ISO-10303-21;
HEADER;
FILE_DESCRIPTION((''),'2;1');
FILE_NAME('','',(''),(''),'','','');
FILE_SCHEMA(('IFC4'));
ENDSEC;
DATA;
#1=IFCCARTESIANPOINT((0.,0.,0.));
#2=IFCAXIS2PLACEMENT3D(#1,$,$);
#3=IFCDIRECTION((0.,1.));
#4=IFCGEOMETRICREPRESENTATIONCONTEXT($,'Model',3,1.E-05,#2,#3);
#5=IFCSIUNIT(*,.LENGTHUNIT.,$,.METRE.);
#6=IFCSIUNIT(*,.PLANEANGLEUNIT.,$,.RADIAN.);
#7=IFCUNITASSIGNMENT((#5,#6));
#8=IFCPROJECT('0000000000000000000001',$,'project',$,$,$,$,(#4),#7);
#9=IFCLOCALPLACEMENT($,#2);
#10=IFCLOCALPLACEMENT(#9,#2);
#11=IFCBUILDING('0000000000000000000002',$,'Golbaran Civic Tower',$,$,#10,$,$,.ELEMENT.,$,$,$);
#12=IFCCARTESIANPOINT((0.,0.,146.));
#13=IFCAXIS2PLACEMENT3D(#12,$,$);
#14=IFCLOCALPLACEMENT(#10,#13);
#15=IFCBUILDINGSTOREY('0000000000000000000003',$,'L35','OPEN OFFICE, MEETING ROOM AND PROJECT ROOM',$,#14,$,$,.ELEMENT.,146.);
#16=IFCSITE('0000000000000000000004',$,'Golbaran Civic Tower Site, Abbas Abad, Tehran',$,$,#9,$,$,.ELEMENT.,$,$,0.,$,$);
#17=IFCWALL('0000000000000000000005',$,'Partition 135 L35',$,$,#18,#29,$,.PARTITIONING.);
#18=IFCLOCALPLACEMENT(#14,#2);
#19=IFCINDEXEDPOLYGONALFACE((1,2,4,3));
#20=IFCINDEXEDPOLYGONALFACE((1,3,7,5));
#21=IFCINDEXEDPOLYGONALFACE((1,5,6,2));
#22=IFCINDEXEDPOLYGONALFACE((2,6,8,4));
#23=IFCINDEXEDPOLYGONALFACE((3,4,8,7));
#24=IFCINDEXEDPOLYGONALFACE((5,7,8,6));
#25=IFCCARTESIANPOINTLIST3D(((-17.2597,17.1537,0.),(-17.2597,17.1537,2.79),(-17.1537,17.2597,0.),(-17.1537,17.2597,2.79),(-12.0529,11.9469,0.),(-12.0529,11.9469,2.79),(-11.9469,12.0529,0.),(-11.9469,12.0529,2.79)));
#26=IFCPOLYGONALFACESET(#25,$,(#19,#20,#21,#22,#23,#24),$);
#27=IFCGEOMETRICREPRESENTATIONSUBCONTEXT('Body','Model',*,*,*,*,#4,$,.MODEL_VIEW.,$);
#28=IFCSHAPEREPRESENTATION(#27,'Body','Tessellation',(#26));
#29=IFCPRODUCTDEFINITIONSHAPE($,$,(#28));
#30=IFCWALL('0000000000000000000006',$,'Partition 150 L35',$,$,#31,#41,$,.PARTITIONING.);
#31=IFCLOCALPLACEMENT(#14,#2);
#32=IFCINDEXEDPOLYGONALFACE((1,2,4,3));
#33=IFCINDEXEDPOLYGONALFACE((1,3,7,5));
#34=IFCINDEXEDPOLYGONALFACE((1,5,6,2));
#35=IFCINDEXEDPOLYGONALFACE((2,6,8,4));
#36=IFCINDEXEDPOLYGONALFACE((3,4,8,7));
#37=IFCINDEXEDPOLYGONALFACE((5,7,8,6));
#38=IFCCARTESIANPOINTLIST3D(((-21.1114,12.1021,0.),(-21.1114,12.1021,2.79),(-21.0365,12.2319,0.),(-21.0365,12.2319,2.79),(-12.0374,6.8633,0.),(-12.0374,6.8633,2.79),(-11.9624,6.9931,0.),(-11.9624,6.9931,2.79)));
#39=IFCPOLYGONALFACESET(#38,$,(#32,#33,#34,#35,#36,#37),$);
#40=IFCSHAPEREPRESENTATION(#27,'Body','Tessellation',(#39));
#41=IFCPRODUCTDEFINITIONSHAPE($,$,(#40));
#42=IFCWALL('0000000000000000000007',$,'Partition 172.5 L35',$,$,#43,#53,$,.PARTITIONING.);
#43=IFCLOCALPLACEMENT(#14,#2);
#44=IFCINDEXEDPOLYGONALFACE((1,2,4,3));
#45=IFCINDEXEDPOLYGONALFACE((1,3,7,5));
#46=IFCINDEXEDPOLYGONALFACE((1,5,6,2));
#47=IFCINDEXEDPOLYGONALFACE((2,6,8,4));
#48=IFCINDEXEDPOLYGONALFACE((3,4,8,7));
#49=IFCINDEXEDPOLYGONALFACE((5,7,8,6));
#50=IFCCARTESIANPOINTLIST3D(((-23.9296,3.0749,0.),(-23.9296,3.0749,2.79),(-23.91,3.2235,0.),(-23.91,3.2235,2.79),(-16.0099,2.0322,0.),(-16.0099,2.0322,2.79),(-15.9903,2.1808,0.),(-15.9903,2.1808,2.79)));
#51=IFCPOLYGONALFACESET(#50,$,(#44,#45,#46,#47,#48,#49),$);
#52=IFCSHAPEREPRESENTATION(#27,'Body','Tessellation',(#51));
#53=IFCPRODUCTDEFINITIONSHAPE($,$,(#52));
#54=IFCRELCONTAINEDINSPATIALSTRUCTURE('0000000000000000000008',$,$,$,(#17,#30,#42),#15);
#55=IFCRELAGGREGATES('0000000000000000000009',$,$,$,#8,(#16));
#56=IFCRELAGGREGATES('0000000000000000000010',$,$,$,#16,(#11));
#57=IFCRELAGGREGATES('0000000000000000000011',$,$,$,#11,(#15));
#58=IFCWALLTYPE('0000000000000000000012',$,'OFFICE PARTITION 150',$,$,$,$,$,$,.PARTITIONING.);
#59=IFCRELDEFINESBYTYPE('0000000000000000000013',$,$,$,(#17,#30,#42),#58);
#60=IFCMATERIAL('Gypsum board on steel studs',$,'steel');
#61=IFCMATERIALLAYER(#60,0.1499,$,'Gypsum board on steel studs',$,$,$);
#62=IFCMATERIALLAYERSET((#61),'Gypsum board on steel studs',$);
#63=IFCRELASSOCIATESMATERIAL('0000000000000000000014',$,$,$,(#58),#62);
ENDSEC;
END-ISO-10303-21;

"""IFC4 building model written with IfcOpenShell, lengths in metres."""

from ifc_helpers import new_model, si_unit, direction, frame, frame_2d, origin, place, context, subcontext, project, spatial, rectangle, extrude, material, layer, layer_set, type_object, element, save


model = new_model("IFC4")

# Units and contexts
model_context = context("Model", 3, precision=1e-05, world=origin(), true_north=direction((0.0, 1.0)))
body_context = subcontext(model_context, "Body", "Model", "MODEL_VIEW")
ifc_project = project(units=[si_unit("LENGTHUNIT", "METRE"), si_unit("PLANEANGLEUNIT", "RADIAN")], contexts=[model_context])

# Site, building, storey
site_placement = place(None, origin())
site = spatial("IfcSite", under=ifc_project, at=site_placement, Name="Golbaran Civic Tower Site, Abbas Abad, Tehran", CompositionType="ELEMENT", RefElevation=0.0)
building_placement = place(site_placement, origin())
building = spatial("IfcBuilding", under=site, at=building_placement, Name="Golbaran Civic Tower", CompositionType="ELEMENT")
storey_placement = place(building_placement, frame((0.0, 0.0, 146.0)))
storey = spatial("IfcBuildingStorey", under=building, at=storey_placement, Name="L35", Description="OPEN OFFICE, MEETING ROOM AND PROJECT ROOM", CompositionType="ELEMENT", Elevation=146.0)

# Walls
ifc_material_1 = material(Name="Gypsum board on steel studs", Category="steel")
ifc_layer_1 = layer(ifc_material_1, 0.1499, Name="Gypsum board on steel studs")
ifc_layer_set_1 = layer_set([ifc_layer_1], Name="Gypsum board on steel studs")
wall_type_1 = type_object("IfcWallType", Name="OFFICE PARTITION 150", PredefinedType="PARTITIONING", material=ifc_layer_set_1)
wall_1_placement = place(storey_placement, frame((-12.0, 12.0, 0.0), z_axis=(0.0, 0.0, 1.0), x_axis=(-0.707107, 0.707107, 0.0)))
element("IfcWall", 1, at=wall_1_placement, inside=storey, type_object=wall_type_1, Name="Partition 135 L35", PredefinedType="PARTITIONING", context=body_context, shape_type="SweptSolid", body=[
    extrude(rectangle(XDim=7.3635, YDim=0.1499, at=frame_2d((3.6816, 0.0))), origin(), (0.0, 0.0, 1.0), 2.79),
])
wall_2_placement = place(storey_placement, frame((-12.0, 6.9282, 0.0), z_axis=(0.0, 0.0, 1.0), x_axis=(-0.866029, 0.499993, 0.0)))
element("IfcWall", 2, at=wall_2_placement, inside=storey, type_object=wall_type_1, Name="Partition 150 L35", PredefinedType="PARTITIONING", context=body_context, shape_type="SweptSolid", body=[
    extrude(rectangle(XDim=10.4778, YDim=0.1499, at=frame_2d((5.2388, 0.0))), origin(), (0.0, 0.0, 1.0), 2.79),
])
wall_3_placement = place(storey_placement, frame((-16.0, 2.1064, 0.0), z_axis=(0.0, 0.0, 1.0), x_axis=(-0.991444, 0.130536, 0.0)))
element("IfcWall", 3, at=wall_3_placement, inside=storey, type_object=wall_type_1, Name="Partition 172.5 L35", PredefinedType="PARTITIONING", context=body_context, shape_type="SweptSolid", body=[
    extrude(rectangle(XDim=7.988, YDim=0.1499, at=frame_2d((3.9941, 0.0))), origin(), (0.0, 0.0, 1.0), 2.79),
])

save(model, "model.ifc")
